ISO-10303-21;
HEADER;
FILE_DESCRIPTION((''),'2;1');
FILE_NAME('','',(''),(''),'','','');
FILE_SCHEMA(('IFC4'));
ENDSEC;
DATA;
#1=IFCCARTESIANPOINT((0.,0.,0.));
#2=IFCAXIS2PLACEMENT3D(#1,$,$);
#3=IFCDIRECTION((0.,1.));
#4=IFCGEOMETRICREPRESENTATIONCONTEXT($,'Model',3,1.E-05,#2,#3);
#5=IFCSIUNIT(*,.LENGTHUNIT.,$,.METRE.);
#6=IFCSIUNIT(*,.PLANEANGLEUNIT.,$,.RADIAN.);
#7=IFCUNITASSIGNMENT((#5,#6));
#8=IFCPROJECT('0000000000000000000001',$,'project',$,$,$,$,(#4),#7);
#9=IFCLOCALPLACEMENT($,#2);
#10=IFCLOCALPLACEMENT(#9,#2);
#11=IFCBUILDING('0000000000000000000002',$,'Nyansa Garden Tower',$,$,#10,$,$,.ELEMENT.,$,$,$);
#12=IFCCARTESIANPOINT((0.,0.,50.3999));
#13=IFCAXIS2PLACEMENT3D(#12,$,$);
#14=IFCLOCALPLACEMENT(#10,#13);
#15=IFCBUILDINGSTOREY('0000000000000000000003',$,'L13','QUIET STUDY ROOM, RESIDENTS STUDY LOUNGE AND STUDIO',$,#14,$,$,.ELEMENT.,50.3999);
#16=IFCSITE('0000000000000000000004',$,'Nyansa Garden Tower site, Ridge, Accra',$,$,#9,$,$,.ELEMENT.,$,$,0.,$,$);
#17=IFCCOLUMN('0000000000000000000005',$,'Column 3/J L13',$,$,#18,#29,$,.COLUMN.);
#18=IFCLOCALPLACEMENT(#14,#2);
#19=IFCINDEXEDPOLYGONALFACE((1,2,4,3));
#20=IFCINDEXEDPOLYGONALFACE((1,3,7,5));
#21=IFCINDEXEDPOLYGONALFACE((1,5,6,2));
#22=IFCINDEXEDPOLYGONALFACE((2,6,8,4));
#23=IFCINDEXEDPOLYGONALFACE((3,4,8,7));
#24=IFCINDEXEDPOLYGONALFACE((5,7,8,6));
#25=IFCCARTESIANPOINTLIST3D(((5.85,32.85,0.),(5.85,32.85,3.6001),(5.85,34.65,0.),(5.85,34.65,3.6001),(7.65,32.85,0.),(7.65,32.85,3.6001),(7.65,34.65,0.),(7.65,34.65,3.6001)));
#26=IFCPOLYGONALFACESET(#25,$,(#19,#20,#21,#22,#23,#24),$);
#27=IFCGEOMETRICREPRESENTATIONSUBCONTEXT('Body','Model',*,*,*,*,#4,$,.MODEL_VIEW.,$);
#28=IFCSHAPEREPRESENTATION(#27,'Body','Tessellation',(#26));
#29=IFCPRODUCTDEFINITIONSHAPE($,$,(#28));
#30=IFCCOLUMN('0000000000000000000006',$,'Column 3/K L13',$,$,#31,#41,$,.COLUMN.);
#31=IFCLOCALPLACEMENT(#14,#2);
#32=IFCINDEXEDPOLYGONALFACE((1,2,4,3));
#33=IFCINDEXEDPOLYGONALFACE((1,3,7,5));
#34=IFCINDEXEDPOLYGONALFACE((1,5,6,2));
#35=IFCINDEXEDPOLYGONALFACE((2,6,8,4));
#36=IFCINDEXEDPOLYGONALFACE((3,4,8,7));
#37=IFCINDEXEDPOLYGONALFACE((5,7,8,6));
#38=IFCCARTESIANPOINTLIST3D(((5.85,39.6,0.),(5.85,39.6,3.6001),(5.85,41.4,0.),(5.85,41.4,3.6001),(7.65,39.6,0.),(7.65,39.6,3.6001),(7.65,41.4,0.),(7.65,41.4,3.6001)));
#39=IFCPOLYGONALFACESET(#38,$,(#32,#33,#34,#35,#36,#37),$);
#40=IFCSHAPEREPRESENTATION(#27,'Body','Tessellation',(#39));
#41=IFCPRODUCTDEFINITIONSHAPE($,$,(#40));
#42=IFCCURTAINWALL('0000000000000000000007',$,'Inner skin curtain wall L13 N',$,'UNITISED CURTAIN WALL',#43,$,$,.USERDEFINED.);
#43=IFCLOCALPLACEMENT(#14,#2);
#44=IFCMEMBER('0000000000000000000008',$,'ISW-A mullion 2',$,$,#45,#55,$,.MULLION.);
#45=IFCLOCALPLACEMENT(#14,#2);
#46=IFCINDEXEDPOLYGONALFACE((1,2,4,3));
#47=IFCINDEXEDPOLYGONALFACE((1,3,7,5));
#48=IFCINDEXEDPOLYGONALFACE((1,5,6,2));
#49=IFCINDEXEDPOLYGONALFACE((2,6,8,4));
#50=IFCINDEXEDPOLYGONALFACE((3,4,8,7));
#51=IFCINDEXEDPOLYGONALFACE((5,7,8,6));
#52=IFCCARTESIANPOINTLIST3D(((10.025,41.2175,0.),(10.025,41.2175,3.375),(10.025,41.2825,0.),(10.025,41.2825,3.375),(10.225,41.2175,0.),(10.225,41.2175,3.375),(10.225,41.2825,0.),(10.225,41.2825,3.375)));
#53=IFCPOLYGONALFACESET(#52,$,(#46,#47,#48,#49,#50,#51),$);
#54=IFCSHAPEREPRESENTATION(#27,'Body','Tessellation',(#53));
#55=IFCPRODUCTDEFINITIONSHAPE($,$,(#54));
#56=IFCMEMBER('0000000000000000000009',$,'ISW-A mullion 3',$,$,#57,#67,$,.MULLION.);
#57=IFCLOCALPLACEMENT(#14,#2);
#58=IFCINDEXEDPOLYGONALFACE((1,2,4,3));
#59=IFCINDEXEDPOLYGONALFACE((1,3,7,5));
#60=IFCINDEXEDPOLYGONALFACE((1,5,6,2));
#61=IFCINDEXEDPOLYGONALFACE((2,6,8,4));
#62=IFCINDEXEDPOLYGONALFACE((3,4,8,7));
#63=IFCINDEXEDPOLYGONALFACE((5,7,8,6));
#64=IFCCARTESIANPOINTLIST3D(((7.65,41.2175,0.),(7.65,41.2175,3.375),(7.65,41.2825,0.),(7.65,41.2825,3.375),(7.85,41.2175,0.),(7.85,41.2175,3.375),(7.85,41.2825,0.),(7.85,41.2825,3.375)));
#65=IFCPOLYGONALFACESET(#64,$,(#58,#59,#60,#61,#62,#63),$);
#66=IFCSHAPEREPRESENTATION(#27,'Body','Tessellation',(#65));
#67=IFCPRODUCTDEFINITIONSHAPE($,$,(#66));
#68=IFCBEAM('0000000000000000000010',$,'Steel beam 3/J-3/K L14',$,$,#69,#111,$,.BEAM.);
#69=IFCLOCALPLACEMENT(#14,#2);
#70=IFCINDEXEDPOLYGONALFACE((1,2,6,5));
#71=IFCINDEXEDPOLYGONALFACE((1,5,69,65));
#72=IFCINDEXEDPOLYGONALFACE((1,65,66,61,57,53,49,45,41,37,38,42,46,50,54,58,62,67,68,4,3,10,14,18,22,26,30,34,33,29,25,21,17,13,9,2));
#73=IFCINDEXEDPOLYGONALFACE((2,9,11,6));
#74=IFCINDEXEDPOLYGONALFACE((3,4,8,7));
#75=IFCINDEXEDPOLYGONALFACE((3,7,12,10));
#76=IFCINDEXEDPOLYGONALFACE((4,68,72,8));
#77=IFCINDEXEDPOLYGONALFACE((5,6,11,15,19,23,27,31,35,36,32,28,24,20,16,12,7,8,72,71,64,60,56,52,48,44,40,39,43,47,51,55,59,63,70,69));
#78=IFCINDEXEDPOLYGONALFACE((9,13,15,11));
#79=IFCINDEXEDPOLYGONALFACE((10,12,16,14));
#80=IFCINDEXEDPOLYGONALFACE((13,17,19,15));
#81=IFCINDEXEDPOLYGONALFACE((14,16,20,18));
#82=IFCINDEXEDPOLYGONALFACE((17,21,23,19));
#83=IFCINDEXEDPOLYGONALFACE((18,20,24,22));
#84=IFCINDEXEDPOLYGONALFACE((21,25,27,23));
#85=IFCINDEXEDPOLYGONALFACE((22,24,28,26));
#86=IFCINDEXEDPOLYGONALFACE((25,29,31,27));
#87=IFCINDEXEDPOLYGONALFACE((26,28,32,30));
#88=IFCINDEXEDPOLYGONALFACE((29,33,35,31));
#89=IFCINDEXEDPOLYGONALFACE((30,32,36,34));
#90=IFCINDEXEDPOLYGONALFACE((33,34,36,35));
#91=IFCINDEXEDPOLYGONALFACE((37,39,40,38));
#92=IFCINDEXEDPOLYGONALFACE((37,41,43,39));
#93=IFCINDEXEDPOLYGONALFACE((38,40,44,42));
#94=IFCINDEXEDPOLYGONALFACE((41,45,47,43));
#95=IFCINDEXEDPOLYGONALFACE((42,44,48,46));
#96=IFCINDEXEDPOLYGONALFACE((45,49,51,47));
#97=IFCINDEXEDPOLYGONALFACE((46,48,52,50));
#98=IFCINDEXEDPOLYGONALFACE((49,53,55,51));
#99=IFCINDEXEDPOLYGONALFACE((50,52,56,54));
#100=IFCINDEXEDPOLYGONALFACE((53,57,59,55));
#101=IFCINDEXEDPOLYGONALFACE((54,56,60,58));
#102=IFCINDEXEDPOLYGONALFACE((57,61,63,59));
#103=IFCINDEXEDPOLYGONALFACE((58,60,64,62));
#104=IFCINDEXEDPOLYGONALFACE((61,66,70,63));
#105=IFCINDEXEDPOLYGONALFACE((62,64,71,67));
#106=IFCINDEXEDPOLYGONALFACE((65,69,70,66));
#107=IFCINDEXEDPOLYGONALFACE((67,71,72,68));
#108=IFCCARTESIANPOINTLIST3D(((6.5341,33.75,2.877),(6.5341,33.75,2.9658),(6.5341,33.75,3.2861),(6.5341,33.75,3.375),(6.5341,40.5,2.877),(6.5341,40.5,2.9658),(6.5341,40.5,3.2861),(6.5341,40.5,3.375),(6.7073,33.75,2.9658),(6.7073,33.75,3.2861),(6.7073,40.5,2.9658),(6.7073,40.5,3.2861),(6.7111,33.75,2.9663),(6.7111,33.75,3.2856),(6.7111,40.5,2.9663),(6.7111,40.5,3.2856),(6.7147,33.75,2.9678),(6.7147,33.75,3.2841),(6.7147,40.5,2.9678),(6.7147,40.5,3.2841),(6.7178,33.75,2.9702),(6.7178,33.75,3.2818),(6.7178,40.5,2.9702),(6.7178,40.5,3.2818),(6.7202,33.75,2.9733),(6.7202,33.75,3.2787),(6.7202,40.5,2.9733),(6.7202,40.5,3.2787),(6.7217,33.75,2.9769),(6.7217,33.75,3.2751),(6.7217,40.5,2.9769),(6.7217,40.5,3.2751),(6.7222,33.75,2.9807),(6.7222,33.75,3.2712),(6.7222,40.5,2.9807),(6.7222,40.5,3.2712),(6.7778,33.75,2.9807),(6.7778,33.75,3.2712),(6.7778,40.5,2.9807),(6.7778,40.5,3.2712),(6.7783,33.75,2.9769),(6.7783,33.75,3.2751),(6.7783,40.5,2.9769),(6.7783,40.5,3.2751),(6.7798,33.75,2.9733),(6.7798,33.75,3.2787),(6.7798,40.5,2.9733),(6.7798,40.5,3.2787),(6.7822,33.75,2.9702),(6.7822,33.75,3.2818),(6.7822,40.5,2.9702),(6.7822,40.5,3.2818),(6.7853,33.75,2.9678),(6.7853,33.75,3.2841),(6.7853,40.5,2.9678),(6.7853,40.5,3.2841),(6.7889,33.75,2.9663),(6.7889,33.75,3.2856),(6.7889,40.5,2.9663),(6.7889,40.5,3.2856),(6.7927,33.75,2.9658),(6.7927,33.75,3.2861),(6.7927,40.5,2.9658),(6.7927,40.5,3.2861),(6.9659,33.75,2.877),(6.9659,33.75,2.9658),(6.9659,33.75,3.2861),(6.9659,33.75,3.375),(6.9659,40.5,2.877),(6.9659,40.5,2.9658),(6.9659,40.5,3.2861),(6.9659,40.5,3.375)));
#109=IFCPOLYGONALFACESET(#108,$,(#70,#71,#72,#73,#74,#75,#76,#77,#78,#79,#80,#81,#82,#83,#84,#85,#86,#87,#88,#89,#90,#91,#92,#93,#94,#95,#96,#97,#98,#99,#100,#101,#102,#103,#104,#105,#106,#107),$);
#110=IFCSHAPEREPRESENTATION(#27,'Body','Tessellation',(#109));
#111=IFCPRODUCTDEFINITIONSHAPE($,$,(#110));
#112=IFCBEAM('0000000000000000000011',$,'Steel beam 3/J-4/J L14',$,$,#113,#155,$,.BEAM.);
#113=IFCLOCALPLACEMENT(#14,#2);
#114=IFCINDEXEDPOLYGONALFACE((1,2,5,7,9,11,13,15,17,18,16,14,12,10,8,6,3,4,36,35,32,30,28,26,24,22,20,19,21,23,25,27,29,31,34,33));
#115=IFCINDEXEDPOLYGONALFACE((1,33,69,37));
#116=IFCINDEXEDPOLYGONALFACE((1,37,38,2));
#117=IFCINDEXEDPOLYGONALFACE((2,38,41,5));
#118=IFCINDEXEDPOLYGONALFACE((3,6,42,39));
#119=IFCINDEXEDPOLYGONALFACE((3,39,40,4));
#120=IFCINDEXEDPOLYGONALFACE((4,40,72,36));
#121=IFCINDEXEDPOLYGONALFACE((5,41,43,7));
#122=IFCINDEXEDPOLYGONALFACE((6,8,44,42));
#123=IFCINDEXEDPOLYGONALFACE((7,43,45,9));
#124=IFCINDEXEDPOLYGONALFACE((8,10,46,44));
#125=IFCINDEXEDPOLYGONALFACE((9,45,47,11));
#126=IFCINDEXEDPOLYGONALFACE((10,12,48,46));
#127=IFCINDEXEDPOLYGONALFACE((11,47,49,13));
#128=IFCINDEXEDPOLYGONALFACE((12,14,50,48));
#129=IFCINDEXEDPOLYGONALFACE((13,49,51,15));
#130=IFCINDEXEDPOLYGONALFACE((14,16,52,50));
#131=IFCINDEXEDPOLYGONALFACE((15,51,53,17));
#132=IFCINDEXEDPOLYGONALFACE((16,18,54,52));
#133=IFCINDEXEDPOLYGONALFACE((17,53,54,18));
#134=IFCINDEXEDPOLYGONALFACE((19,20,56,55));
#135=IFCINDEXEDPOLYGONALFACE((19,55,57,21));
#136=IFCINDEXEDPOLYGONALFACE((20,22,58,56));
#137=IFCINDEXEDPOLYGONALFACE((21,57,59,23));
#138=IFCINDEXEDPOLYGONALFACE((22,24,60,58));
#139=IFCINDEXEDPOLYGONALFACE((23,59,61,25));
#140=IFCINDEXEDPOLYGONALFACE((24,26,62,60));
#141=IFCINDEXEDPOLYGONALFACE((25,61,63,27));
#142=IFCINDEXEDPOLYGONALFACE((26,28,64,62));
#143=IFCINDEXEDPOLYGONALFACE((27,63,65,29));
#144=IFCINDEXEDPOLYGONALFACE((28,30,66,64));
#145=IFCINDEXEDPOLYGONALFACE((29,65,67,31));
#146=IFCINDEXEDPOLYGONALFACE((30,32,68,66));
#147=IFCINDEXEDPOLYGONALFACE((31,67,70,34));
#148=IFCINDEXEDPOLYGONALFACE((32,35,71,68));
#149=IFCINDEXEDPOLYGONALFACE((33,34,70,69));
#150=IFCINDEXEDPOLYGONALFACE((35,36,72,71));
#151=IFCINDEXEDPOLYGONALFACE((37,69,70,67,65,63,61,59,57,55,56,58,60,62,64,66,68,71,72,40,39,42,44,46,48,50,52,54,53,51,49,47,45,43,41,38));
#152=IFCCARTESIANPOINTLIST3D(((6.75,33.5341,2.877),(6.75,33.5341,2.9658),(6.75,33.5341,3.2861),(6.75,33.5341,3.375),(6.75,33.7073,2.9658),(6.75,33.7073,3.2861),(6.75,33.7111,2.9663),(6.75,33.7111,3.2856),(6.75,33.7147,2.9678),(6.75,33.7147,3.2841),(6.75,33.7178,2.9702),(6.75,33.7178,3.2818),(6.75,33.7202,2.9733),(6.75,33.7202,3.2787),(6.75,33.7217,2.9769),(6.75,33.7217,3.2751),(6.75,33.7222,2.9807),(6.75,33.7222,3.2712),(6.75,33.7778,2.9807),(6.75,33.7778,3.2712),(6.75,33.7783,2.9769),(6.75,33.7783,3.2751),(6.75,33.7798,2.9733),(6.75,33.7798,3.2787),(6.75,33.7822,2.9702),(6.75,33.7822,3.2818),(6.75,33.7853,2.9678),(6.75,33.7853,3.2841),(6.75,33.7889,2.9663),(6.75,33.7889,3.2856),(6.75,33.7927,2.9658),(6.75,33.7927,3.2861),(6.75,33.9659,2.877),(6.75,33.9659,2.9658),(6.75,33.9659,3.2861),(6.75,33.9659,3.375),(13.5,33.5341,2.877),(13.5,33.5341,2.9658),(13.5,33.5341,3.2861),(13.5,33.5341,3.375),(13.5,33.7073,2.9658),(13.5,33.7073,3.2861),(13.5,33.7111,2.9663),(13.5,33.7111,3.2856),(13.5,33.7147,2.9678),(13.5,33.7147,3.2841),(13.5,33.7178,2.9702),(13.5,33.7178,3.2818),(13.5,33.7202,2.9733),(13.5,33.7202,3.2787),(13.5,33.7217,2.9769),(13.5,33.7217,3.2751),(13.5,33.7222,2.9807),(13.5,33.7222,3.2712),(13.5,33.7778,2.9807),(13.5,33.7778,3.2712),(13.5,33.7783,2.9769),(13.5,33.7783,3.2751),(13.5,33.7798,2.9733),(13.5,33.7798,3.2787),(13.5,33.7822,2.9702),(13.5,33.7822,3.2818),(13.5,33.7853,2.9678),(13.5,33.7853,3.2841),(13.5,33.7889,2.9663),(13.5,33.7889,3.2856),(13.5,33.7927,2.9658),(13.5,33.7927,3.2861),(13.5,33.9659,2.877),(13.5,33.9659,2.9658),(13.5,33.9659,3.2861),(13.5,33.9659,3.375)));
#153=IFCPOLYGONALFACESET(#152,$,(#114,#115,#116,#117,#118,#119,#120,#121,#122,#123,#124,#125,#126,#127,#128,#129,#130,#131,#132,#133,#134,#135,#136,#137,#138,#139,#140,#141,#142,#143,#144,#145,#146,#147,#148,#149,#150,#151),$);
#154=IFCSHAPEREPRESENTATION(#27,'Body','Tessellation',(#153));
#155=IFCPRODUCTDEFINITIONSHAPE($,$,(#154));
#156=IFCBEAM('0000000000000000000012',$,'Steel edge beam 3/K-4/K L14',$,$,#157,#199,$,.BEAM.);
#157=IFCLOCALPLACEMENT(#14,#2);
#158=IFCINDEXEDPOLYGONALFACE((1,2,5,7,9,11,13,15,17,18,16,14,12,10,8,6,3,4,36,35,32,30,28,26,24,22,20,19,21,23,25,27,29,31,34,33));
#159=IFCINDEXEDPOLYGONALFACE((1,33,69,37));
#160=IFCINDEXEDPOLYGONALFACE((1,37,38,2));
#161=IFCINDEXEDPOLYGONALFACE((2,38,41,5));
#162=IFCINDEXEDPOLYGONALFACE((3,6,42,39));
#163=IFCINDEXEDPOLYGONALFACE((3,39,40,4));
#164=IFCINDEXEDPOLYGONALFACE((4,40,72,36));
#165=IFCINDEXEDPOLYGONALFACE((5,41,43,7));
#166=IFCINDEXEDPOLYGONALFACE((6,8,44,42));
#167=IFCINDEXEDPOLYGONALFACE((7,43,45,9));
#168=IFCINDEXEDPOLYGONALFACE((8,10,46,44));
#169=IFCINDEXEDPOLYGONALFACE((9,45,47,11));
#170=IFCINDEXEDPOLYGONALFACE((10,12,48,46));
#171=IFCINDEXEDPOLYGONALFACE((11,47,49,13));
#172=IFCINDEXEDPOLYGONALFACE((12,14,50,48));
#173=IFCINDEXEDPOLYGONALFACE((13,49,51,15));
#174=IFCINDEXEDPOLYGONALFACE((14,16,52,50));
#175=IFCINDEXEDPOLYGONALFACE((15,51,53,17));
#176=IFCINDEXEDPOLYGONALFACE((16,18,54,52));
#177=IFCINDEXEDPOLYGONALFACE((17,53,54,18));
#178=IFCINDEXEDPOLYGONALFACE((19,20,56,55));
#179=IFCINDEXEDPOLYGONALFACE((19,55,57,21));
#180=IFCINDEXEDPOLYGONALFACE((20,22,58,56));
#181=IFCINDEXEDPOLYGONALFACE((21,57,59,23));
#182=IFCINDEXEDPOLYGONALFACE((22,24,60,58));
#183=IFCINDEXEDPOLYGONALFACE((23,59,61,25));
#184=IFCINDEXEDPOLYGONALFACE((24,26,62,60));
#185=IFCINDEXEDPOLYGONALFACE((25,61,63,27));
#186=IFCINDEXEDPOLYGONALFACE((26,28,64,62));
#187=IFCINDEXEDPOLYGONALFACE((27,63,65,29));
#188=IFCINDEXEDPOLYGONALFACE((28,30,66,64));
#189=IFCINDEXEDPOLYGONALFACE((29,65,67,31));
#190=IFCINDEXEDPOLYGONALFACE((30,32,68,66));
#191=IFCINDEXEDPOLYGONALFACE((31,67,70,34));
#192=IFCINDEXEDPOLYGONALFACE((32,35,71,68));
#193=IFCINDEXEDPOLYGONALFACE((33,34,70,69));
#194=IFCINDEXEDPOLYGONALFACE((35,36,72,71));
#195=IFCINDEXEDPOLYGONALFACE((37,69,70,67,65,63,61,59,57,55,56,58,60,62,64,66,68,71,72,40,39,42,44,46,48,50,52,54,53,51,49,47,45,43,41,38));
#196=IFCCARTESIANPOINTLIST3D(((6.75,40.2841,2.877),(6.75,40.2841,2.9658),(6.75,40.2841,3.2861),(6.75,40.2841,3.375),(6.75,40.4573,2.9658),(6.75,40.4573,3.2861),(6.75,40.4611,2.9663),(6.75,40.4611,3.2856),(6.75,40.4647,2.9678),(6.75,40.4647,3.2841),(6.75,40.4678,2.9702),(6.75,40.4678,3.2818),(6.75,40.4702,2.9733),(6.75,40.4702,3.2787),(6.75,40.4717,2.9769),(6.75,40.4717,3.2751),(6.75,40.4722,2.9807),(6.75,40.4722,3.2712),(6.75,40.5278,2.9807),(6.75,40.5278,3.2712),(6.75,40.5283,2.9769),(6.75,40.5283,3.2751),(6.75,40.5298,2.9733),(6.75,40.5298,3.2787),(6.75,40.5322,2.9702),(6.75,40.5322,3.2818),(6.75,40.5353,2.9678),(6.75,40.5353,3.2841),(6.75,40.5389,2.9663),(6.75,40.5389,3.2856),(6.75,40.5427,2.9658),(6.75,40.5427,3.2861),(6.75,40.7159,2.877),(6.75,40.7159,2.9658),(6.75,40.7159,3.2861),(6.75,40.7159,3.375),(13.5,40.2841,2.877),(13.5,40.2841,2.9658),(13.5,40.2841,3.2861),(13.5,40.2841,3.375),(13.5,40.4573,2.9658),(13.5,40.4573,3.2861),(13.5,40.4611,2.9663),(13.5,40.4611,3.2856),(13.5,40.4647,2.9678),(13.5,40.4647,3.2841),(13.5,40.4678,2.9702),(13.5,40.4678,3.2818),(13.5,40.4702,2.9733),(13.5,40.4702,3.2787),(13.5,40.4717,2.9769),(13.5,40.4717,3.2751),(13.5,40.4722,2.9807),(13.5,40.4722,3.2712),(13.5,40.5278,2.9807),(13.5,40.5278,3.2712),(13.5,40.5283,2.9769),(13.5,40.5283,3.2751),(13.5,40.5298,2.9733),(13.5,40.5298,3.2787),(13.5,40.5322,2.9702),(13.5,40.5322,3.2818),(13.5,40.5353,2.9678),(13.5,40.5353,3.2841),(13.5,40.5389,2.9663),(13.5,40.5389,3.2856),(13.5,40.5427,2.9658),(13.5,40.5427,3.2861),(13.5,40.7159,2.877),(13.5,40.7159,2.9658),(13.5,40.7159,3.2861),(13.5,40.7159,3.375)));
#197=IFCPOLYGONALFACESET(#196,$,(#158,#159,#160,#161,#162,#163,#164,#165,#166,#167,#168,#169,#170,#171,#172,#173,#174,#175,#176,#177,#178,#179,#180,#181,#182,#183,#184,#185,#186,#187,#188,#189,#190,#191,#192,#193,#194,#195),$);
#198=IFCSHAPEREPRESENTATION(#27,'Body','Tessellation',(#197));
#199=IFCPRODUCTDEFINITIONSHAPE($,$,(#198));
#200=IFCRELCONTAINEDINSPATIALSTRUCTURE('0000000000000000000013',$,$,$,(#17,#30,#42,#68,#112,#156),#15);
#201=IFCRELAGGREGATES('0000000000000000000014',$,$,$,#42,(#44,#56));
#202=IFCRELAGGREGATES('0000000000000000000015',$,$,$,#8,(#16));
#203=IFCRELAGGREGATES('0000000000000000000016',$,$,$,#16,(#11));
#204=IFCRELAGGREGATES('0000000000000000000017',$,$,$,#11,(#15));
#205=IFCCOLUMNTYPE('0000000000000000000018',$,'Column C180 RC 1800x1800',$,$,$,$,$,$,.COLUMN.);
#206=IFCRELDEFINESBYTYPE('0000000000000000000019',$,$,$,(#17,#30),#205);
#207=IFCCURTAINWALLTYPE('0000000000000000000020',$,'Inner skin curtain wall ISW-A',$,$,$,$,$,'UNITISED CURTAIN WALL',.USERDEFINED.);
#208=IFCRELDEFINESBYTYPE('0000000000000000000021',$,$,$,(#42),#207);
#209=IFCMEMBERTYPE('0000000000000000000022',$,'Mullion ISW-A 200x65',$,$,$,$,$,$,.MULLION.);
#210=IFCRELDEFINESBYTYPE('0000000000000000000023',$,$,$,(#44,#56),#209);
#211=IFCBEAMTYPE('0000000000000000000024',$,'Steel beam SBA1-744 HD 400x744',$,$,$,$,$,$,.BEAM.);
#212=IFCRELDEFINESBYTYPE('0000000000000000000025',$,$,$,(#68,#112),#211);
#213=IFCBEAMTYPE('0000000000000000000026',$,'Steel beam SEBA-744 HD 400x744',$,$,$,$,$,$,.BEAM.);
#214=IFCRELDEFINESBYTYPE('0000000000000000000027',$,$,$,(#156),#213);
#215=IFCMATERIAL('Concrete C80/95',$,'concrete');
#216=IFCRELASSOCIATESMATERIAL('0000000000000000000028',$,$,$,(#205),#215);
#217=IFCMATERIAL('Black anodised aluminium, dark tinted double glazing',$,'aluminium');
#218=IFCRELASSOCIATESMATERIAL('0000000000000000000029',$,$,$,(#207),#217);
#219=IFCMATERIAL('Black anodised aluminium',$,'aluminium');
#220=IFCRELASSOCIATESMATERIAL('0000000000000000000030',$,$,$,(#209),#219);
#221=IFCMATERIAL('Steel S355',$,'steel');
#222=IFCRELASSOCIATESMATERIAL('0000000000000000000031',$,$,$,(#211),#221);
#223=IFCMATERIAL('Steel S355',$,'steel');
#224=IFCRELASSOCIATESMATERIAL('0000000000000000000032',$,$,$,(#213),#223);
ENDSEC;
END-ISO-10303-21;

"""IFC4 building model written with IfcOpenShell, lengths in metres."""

from ifc_helpers import new_model, si_unit, direction, frame, origin, origin_2d, place, context, subcontext, project, spatial, rectangle, i_section, extrude, material, material_profile, profile_set, type_object, element, aggregate, save


model = new_model("IFC4")

# Units and contexts
model_context = context("Model", 3, precision=1e-05, world=origin(), true_north=direction((0.0, 1.0)))
body_context = subcontext(model_context, "Body", "Model", "MODEL_VIEW")
ifc_project = project(units=[si_unit("LENGTHUNIT", "METRE"), si_unit("PLANEANGLEUNIT", "RADIAN")], contexts=[model_context])

# Site, building, storey
site_placement = place(None, origin())
site = spatial("IfcSite", under=ifc_project, at=site_placement, Name="Nyansa Garden Tower site, Ridge, Accra", CompositionType="ELEMENT", RefElevation=0.0)
building_placement = place(site_placement, origin())
building = spatial("IfcBuilding", under=site, at=building_placement, Name="Nyansa Garden Tower", CompositionType="ELEMENT")
storey_placement = place(building_placement, frame((0.0, 0.0, 50.3999)))
storey = spatial("IfcBuildingStorey", under=building, at=storey_placement, Name="L13", Description="QUIET STUDY ROOM, RESIDENTS STUDY LOUNGE AND STUDIO", CompositionType="ELEMENT", Elevation=50.3999)

# Columns
ifc_material_1 = material(Name="Concrete C80/95", Category="concrete")
ifc_material_profile_1 = material_profile(ifc_material_1, rectangle(XDim=1.8, YDim=1.8, at=origin_2d()), Name="RC 1800x1800")
ifc_profile_set_1 = profile_set([ifc_material_profile_1], Name="Concrete C80/95")
column_type = type_object("IfcColumnType", Name="Column C180 RC 1800x1800", PredefinedType="COLUMN", material=ifc_profile_set_1)
for number, where, z_axis, x_axis, name in (
    (1, (6.75, 33.75, 0.0), (0.0, 0.0, 1.0), (1.0, 0.0, 0.0), "Column 3/J L13"),
    (2, (6.75, 40.5, 0.0), (0.0, 0.0, 1.0), (1.0, 0.0, 0.0), "Column 3/K L13"),
):
    element("IfcColumn", number, at=place(storey_placement, frame(where, z_axis=z_axis, x_axis=x_axis)), inside=storey, type_object=column_type, Name=name, PredefinedType="COLUMN", context=body_context, shape_type="SweptSolid", body=[
        extrude(rectangle(XDim=1.8, YDim=1.8, at=origin_2d()), origin(), (0.0, 0.0, 1.0), 3.6001),
    ])

# Curtain wall, members
ifc_material_2 = material(Name="Black anodised aluminium, dark tinted double glazing", Category="aluminium")
curtain_wall_type = type_object("IfcCurtainWallType", Name="Inner skin curtain wall ISW-A", ElementType="UNITISED CURTAIN WALL", PredefinedType="USERDEFINED", material=ifc_material_2)
curtain_wall_placement = place(storey_placement, origin())
curtain_wall = element("IfcCurtainWall", 3, at=curtain_wall_placement, inside=storey, type_object=curtain_wall_type, Name="Inner skin curtain wall L13 N", ObjectType="UNITISED CURTAIN WALL", PredefinedType="USERDEFINED")
ifc_material_3 = material(Name="Black anodised aluminium", Category="aluminium")
ifc_material_profile_2 = material_profile(ifc_material_3, rectangle(XDim=0.0649, YDim=0.2, at=origin_2d()), Name="Mullion 200x65")
ifc_profile_set_2 = profile_set([ifc_material_profile_2], Name="Black anodised aluminium")
member_type_1 = type_object("IfcMemberType", Name="Mullion ISW-A 200x65", PredefinedType="MULLION", material=ifc_profile_set_2)
member_1_placement = place(storey_placement, frame((10.125, 41.25, 0.0), z_axis=(0.0, 0.0, 1.0), x_axis=(0.0, -1.0, 0.0)))
member_1 = element("IfcMember", 4, at=member_1_placement, type_object=member_type_1, Name="ISW-A mullion 2", PredefinedType="MULLION", context=body_context, shape_type="SweptSolid", body=[
    extrude(rectangle(XDim=0.0649, YDim=0.2, at=origin_2d()), origin(), (0.0, 0.0, 1.0), 3.375),
])
member_2_placement = place(storey_placement, frame((7.75, 41.25, 0.0), z_axis=(0.0, 0.0, 1.0), x_axis=(0.0, -1.0, 0.0)))
member_2 = element("IfcMember", 5, at=member_2_placement, type_object=member_type_1, Name="ISW-A mullion 3", PredefinedType="MULLION", context=body_context, shape_type="SweptSolid", body=[
    extrude(rectangle(XDim=0.0649, YDim=0.2, at=origin_2d()), origin(), (0.0, 0.0, 1.0), 3.375),
])

# Beams
ifc_material_4 = material(Name="Steel S355", Category="steel")
ifc_material_profile_3 = material_profile(ifc_material_4, i_section(OverallWidth=0.4319, OverallDepth=0.498, WebThickness=0.0557, FlangeThickness=0.0889, FilletRadius=0.0149, at=origin_2d()), Name="HD 400x744")
ifc_profile_set_3 = profile_set([ifc_material_profile_3], Name="Steel S355")
beam_type_1 = type_object("IfcBeamType", Name="Steel beam SBA1-744 HD 400x744", PredefinedType="BEAM", material=ifc_profile_set_3)
for number, where, z_axis, x_axis, name in (
    (6, (6.75, 33.75, 3.126), (0.0, 1.0, 0.0), (-1.0, 0.0, 0.0), "Steel beam 3/J-3/K L14"),
    (7, (6.75, 33.75, 3.126), (1.0, 0.0, 0.0), (0.0, 1.0, 0.0), "Steel beam 3/J-4/J L14"),
):
    element("IfcBeam", number, at=place(storey_placement, frame(where, z_axis=z_axis, x_axis=x_axis)), inside=storey, type_object=beam_type_1, Name=name, PredefinedType="BEAM", context=body_context, shape_type="SweptSolid", body=[
        extrude(i_section(OverallWidth=0.4319, OverallDepth=0.498, WebThickness=0.0557, FlangeThickness=0.0889, FilletRadius=0.0149, at=origin_2d()), origin(), (0.0, 0.0, 1.0), 6.75),
    ])
ifc_material_5 = material(Name="Steel S355", Category="steel")
ifc_material_profile_4 = material_profile(ifc_material_5, i_section(OverallWidth=0.4319, OverallDepth=0.498, WebThickness=0.0557, FlangeThickness=0.0889, FilletRadius=0.0149, at=origin_2d()), Name="HD 400x744")
ifc_profile_set_4 = profile_set([ifc_material_profile_4], Name="Steel S355")
beam_type_2 = type_object("IfcBeamType", Name="Steel beam SEBA-744 HD 400x744", PredefinedType="BEAM", material=ifc_profile_set_4)
beam_placement = place(storey_placement, frame((6.75, 40.5, 3.126), z_axis=(1.0, 0.0, 0.0), x_axis=(0.0, 1.0, 0.0)))
element("IfcBeam", 8, at=beam_placement, inside=storey, type_object=beam_type_2, Name="Steel edge beam 3/K-4/K L14", PredefinedType="BEAM", context=body_context, shape_type="SweptSolid", body=[
    extrude(i_section(OverallWidth=0.4319, OverallDepth=0.498, WebThickness=0.0557, FlangeThickness=0.0889, FilletRadius=0.0149, at=origin_2d()), origin(), (0.0, 0.0, 1.0), 6.75),
])

aggregate(curtain_wall, [member_1, member_2])

save(model, "model.ifc")
